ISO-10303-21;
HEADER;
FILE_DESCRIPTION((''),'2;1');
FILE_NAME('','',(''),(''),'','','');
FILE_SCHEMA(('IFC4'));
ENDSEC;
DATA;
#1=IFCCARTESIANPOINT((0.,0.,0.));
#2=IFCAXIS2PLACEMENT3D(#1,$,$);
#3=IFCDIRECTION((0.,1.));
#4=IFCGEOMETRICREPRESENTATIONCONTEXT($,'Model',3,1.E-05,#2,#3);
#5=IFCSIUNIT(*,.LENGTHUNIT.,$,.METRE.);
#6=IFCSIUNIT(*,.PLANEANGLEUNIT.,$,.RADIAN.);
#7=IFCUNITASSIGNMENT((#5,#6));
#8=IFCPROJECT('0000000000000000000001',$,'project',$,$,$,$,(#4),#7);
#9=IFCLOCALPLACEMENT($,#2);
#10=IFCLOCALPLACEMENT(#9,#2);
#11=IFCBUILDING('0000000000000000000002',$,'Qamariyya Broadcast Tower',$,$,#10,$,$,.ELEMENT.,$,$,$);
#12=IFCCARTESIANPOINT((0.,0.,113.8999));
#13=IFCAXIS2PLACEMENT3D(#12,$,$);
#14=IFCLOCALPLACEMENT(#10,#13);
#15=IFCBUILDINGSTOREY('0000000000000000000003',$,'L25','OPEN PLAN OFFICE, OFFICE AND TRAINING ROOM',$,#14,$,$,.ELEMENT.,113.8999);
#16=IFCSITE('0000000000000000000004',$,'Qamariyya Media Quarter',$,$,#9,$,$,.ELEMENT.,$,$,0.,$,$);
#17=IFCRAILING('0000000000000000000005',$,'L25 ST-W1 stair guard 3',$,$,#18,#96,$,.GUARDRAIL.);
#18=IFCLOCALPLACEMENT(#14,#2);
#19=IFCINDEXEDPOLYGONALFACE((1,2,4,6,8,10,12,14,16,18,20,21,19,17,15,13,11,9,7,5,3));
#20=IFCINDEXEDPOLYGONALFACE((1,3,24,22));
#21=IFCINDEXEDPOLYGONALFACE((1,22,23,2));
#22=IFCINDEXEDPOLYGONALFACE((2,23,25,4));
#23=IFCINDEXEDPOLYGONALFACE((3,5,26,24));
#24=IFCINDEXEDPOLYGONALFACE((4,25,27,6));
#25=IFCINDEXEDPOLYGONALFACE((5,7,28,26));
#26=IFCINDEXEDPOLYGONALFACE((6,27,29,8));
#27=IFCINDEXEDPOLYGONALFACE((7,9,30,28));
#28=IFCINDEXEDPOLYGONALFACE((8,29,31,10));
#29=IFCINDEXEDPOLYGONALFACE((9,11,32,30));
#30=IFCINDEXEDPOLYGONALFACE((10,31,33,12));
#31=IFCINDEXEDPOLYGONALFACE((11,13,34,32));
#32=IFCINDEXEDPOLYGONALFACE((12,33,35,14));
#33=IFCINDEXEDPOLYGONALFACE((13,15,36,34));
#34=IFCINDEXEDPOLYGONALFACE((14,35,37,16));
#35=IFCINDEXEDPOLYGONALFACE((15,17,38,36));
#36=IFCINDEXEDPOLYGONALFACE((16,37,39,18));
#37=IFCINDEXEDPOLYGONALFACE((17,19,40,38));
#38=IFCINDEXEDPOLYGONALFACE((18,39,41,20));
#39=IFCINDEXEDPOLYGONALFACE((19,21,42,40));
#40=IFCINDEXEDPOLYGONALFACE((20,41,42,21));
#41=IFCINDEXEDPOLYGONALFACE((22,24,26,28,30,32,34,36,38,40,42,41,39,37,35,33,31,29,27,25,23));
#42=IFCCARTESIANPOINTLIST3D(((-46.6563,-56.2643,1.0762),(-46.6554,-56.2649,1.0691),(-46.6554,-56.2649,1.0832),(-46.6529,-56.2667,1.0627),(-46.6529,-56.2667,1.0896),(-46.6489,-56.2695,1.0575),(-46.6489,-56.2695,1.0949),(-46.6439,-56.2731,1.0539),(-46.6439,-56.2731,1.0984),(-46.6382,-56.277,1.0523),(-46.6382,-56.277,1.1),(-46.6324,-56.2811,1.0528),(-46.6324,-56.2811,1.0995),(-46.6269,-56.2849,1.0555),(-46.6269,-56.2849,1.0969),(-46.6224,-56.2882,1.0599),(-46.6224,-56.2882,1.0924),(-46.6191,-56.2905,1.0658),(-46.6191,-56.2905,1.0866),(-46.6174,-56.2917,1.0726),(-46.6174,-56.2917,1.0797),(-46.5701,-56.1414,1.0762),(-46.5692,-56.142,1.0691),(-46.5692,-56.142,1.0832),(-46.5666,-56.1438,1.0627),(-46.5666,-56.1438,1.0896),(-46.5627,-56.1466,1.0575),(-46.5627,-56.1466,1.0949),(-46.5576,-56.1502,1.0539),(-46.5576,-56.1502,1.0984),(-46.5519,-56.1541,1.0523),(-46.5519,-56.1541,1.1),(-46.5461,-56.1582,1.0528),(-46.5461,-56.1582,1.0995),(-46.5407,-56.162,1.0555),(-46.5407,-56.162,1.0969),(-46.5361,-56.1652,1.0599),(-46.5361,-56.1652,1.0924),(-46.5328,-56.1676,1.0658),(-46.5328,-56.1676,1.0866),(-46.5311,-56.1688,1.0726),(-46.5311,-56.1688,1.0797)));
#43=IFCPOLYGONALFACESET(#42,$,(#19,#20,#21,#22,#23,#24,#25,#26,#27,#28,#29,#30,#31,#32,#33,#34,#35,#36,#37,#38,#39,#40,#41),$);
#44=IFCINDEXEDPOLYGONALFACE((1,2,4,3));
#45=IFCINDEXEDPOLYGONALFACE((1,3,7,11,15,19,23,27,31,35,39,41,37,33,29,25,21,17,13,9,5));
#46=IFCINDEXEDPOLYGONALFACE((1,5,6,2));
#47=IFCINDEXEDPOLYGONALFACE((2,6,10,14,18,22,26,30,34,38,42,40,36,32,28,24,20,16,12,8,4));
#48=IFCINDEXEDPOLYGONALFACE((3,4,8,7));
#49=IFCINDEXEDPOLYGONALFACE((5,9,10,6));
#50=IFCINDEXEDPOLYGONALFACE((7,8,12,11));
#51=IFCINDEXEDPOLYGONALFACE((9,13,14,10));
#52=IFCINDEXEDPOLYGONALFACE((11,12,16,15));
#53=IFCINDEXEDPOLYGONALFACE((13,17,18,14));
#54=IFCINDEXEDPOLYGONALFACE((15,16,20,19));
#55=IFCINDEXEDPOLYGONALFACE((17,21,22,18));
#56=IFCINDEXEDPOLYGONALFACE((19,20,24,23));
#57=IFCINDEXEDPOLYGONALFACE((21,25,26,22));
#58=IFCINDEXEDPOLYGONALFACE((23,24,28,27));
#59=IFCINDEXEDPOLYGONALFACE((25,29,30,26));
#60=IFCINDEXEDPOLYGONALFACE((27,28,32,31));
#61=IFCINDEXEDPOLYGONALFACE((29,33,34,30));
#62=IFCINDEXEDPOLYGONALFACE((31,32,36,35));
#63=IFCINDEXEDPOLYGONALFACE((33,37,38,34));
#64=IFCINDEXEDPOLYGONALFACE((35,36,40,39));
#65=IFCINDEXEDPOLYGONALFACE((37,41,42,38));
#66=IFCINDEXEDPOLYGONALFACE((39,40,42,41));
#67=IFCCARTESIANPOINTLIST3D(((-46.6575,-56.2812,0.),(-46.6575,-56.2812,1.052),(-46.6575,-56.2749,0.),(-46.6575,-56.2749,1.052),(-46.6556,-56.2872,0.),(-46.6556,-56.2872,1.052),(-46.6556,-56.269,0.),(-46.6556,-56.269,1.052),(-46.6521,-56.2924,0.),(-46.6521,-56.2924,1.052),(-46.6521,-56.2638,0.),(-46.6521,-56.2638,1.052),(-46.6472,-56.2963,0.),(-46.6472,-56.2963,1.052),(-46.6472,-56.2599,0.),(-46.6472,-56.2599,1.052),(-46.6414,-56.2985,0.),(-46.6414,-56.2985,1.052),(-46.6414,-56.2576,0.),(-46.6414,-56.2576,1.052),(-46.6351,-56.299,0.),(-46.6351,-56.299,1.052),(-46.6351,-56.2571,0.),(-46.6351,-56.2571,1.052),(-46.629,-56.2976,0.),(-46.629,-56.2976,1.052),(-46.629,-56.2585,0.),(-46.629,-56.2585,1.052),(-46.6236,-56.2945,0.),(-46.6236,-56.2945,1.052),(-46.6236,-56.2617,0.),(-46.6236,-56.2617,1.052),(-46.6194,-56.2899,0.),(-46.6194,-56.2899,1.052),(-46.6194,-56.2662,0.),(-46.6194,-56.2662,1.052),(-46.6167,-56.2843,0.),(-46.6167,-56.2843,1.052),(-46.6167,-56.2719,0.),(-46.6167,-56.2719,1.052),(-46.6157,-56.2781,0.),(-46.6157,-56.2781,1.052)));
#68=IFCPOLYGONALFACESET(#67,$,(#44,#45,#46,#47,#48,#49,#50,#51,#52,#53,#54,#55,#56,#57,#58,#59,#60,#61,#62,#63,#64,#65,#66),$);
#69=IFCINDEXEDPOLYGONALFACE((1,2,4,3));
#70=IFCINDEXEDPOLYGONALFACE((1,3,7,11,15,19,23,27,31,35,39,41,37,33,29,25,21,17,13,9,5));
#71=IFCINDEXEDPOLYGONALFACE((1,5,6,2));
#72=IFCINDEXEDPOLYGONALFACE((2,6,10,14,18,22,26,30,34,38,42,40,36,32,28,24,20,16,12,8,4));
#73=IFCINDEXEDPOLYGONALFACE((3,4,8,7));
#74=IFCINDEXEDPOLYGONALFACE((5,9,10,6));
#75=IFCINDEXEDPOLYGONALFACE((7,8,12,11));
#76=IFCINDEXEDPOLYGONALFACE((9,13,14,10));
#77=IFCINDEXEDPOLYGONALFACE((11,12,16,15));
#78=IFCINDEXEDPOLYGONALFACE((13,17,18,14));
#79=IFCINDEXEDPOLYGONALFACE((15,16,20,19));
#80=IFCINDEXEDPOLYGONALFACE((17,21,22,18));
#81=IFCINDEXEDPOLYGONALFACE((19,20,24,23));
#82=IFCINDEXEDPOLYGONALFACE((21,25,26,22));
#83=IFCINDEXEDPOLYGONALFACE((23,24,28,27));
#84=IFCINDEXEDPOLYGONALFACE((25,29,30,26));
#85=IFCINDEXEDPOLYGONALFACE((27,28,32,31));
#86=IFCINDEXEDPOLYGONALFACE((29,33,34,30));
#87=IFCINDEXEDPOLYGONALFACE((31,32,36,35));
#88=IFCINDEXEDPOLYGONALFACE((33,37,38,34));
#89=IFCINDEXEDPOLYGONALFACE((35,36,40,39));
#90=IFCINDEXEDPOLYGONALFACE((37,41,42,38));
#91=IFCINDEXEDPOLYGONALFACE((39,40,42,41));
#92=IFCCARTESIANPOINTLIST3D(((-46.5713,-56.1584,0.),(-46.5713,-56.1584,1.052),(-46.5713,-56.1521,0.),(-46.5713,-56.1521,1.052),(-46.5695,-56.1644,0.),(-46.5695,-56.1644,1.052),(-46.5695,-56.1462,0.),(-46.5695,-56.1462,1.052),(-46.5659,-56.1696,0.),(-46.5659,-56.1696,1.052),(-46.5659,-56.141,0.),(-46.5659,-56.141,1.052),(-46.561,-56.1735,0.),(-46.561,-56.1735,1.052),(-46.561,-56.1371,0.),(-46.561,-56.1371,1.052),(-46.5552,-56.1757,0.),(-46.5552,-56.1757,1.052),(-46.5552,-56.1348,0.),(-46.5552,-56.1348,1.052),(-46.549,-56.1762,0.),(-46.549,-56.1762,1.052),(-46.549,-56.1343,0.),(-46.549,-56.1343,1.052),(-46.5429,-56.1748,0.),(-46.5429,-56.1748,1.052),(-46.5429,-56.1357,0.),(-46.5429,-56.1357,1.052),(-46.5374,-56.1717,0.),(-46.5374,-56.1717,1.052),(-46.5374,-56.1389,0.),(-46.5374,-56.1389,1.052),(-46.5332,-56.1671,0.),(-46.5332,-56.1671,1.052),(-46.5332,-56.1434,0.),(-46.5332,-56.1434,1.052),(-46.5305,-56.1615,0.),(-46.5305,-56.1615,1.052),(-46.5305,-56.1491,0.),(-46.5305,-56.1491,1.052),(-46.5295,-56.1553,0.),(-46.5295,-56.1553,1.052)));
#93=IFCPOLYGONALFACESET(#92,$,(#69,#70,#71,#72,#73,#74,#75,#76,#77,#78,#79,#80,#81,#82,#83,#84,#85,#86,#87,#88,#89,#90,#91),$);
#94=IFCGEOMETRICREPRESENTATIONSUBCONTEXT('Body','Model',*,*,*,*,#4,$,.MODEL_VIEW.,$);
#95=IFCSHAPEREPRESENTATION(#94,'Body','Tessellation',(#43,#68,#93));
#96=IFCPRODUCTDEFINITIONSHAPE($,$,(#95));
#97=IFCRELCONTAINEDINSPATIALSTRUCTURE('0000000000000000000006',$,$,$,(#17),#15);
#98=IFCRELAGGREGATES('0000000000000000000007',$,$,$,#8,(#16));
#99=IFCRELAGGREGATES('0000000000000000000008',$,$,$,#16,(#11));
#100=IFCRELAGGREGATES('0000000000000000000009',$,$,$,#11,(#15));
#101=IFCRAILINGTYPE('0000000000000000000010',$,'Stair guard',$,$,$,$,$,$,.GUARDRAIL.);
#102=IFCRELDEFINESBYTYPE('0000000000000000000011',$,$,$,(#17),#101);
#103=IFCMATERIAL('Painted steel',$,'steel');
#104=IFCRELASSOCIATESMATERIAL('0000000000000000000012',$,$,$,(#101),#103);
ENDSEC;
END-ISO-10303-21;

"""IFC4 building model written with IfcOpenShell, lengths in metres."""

from ifc_helpers import new_model, si_unit, direction, frame, origin, origin_2d, place, context, subcontext, project, spatial, circle, extrude, material, type_object, element, save


model = new_model("IFC4")

# Units and contexts
model_context = context("Model", 3, precision=1e-05, world=origin(), true_north=direction((0.0, 1.0)))
body_context = subcontext(model_context, "Body", "Model", "MODEL_VIEW")
ifc_project = project(units=[si_unit("LENGTHUNIT", "METRE"), si_unit("PLANEANGLEUNIT", "RADIAN")], contexts=[model_context])

# Site, building, storey
site_placement = place(None, origin())
site = spatial("IfcSite", under=ifc_project, at=site_placement, Name="Qamariyya Media Quarter", CompositionType="ELEMENT", RefElevation=0.0)
building_placement = place(site_placement, origin())
building = spatial("IfcBuilding", under=site, at=building_placement, Name="Qamariyya Broadcast Tower", CompositionType="ELEMENT")
storey_placement = place(building_placement, frame((0.0, 0.0, 113.8999)))
storey = spatial("IfcBuildingStorey", under=building, at=storey_placement, Name="L25", Description="OPEN PLAN OFFICE, OFFICE AND TRAINING ROOM", CompositionType="ELEMENT", Elevation=113.8999)

# Railing
ifc_material_1 = material(Name="Painted steel", Category="steel")
railing_type_1 = type_object("IfcRailingType", Name="Stair guard", PredefinedType="GUARDRAIL", material=ifc_material_1)
railing_1_placement = place(storey_placement, frame((-46.6367, -56.2781, 0.0)))
element("IfcRailing", 1, at=railing_1_placement, inside=storey, type_object=railing_type_1, Name="L25 ST-W1 stair guard 3", PredefinedType="GUARDRAIL", context=body_context, shape_type="SweptSolid", body=[
    extrude(circle(Radius=0.0239, at=origin_2d()), frame((0.0, 0.0, 1.0762), z_axis=(0.574445, 0.818543, 0.0), x_axis=(-0.818543, 0.574445, 0.0)), (0.0, 0.0, 1.0), 0.1501),
    extrude(circle(Radius=0.021, at=origin_2d()), origin(), (0.0, 0.0, 1.0), 1.052),
    extrude(circle(Radius=0.021, at=origin_2d()), frame((0.0862, 0.1228, 0.0)), (0.0, 0.0, 1.0), 1.052),
])

save(model, "model.ifc")
